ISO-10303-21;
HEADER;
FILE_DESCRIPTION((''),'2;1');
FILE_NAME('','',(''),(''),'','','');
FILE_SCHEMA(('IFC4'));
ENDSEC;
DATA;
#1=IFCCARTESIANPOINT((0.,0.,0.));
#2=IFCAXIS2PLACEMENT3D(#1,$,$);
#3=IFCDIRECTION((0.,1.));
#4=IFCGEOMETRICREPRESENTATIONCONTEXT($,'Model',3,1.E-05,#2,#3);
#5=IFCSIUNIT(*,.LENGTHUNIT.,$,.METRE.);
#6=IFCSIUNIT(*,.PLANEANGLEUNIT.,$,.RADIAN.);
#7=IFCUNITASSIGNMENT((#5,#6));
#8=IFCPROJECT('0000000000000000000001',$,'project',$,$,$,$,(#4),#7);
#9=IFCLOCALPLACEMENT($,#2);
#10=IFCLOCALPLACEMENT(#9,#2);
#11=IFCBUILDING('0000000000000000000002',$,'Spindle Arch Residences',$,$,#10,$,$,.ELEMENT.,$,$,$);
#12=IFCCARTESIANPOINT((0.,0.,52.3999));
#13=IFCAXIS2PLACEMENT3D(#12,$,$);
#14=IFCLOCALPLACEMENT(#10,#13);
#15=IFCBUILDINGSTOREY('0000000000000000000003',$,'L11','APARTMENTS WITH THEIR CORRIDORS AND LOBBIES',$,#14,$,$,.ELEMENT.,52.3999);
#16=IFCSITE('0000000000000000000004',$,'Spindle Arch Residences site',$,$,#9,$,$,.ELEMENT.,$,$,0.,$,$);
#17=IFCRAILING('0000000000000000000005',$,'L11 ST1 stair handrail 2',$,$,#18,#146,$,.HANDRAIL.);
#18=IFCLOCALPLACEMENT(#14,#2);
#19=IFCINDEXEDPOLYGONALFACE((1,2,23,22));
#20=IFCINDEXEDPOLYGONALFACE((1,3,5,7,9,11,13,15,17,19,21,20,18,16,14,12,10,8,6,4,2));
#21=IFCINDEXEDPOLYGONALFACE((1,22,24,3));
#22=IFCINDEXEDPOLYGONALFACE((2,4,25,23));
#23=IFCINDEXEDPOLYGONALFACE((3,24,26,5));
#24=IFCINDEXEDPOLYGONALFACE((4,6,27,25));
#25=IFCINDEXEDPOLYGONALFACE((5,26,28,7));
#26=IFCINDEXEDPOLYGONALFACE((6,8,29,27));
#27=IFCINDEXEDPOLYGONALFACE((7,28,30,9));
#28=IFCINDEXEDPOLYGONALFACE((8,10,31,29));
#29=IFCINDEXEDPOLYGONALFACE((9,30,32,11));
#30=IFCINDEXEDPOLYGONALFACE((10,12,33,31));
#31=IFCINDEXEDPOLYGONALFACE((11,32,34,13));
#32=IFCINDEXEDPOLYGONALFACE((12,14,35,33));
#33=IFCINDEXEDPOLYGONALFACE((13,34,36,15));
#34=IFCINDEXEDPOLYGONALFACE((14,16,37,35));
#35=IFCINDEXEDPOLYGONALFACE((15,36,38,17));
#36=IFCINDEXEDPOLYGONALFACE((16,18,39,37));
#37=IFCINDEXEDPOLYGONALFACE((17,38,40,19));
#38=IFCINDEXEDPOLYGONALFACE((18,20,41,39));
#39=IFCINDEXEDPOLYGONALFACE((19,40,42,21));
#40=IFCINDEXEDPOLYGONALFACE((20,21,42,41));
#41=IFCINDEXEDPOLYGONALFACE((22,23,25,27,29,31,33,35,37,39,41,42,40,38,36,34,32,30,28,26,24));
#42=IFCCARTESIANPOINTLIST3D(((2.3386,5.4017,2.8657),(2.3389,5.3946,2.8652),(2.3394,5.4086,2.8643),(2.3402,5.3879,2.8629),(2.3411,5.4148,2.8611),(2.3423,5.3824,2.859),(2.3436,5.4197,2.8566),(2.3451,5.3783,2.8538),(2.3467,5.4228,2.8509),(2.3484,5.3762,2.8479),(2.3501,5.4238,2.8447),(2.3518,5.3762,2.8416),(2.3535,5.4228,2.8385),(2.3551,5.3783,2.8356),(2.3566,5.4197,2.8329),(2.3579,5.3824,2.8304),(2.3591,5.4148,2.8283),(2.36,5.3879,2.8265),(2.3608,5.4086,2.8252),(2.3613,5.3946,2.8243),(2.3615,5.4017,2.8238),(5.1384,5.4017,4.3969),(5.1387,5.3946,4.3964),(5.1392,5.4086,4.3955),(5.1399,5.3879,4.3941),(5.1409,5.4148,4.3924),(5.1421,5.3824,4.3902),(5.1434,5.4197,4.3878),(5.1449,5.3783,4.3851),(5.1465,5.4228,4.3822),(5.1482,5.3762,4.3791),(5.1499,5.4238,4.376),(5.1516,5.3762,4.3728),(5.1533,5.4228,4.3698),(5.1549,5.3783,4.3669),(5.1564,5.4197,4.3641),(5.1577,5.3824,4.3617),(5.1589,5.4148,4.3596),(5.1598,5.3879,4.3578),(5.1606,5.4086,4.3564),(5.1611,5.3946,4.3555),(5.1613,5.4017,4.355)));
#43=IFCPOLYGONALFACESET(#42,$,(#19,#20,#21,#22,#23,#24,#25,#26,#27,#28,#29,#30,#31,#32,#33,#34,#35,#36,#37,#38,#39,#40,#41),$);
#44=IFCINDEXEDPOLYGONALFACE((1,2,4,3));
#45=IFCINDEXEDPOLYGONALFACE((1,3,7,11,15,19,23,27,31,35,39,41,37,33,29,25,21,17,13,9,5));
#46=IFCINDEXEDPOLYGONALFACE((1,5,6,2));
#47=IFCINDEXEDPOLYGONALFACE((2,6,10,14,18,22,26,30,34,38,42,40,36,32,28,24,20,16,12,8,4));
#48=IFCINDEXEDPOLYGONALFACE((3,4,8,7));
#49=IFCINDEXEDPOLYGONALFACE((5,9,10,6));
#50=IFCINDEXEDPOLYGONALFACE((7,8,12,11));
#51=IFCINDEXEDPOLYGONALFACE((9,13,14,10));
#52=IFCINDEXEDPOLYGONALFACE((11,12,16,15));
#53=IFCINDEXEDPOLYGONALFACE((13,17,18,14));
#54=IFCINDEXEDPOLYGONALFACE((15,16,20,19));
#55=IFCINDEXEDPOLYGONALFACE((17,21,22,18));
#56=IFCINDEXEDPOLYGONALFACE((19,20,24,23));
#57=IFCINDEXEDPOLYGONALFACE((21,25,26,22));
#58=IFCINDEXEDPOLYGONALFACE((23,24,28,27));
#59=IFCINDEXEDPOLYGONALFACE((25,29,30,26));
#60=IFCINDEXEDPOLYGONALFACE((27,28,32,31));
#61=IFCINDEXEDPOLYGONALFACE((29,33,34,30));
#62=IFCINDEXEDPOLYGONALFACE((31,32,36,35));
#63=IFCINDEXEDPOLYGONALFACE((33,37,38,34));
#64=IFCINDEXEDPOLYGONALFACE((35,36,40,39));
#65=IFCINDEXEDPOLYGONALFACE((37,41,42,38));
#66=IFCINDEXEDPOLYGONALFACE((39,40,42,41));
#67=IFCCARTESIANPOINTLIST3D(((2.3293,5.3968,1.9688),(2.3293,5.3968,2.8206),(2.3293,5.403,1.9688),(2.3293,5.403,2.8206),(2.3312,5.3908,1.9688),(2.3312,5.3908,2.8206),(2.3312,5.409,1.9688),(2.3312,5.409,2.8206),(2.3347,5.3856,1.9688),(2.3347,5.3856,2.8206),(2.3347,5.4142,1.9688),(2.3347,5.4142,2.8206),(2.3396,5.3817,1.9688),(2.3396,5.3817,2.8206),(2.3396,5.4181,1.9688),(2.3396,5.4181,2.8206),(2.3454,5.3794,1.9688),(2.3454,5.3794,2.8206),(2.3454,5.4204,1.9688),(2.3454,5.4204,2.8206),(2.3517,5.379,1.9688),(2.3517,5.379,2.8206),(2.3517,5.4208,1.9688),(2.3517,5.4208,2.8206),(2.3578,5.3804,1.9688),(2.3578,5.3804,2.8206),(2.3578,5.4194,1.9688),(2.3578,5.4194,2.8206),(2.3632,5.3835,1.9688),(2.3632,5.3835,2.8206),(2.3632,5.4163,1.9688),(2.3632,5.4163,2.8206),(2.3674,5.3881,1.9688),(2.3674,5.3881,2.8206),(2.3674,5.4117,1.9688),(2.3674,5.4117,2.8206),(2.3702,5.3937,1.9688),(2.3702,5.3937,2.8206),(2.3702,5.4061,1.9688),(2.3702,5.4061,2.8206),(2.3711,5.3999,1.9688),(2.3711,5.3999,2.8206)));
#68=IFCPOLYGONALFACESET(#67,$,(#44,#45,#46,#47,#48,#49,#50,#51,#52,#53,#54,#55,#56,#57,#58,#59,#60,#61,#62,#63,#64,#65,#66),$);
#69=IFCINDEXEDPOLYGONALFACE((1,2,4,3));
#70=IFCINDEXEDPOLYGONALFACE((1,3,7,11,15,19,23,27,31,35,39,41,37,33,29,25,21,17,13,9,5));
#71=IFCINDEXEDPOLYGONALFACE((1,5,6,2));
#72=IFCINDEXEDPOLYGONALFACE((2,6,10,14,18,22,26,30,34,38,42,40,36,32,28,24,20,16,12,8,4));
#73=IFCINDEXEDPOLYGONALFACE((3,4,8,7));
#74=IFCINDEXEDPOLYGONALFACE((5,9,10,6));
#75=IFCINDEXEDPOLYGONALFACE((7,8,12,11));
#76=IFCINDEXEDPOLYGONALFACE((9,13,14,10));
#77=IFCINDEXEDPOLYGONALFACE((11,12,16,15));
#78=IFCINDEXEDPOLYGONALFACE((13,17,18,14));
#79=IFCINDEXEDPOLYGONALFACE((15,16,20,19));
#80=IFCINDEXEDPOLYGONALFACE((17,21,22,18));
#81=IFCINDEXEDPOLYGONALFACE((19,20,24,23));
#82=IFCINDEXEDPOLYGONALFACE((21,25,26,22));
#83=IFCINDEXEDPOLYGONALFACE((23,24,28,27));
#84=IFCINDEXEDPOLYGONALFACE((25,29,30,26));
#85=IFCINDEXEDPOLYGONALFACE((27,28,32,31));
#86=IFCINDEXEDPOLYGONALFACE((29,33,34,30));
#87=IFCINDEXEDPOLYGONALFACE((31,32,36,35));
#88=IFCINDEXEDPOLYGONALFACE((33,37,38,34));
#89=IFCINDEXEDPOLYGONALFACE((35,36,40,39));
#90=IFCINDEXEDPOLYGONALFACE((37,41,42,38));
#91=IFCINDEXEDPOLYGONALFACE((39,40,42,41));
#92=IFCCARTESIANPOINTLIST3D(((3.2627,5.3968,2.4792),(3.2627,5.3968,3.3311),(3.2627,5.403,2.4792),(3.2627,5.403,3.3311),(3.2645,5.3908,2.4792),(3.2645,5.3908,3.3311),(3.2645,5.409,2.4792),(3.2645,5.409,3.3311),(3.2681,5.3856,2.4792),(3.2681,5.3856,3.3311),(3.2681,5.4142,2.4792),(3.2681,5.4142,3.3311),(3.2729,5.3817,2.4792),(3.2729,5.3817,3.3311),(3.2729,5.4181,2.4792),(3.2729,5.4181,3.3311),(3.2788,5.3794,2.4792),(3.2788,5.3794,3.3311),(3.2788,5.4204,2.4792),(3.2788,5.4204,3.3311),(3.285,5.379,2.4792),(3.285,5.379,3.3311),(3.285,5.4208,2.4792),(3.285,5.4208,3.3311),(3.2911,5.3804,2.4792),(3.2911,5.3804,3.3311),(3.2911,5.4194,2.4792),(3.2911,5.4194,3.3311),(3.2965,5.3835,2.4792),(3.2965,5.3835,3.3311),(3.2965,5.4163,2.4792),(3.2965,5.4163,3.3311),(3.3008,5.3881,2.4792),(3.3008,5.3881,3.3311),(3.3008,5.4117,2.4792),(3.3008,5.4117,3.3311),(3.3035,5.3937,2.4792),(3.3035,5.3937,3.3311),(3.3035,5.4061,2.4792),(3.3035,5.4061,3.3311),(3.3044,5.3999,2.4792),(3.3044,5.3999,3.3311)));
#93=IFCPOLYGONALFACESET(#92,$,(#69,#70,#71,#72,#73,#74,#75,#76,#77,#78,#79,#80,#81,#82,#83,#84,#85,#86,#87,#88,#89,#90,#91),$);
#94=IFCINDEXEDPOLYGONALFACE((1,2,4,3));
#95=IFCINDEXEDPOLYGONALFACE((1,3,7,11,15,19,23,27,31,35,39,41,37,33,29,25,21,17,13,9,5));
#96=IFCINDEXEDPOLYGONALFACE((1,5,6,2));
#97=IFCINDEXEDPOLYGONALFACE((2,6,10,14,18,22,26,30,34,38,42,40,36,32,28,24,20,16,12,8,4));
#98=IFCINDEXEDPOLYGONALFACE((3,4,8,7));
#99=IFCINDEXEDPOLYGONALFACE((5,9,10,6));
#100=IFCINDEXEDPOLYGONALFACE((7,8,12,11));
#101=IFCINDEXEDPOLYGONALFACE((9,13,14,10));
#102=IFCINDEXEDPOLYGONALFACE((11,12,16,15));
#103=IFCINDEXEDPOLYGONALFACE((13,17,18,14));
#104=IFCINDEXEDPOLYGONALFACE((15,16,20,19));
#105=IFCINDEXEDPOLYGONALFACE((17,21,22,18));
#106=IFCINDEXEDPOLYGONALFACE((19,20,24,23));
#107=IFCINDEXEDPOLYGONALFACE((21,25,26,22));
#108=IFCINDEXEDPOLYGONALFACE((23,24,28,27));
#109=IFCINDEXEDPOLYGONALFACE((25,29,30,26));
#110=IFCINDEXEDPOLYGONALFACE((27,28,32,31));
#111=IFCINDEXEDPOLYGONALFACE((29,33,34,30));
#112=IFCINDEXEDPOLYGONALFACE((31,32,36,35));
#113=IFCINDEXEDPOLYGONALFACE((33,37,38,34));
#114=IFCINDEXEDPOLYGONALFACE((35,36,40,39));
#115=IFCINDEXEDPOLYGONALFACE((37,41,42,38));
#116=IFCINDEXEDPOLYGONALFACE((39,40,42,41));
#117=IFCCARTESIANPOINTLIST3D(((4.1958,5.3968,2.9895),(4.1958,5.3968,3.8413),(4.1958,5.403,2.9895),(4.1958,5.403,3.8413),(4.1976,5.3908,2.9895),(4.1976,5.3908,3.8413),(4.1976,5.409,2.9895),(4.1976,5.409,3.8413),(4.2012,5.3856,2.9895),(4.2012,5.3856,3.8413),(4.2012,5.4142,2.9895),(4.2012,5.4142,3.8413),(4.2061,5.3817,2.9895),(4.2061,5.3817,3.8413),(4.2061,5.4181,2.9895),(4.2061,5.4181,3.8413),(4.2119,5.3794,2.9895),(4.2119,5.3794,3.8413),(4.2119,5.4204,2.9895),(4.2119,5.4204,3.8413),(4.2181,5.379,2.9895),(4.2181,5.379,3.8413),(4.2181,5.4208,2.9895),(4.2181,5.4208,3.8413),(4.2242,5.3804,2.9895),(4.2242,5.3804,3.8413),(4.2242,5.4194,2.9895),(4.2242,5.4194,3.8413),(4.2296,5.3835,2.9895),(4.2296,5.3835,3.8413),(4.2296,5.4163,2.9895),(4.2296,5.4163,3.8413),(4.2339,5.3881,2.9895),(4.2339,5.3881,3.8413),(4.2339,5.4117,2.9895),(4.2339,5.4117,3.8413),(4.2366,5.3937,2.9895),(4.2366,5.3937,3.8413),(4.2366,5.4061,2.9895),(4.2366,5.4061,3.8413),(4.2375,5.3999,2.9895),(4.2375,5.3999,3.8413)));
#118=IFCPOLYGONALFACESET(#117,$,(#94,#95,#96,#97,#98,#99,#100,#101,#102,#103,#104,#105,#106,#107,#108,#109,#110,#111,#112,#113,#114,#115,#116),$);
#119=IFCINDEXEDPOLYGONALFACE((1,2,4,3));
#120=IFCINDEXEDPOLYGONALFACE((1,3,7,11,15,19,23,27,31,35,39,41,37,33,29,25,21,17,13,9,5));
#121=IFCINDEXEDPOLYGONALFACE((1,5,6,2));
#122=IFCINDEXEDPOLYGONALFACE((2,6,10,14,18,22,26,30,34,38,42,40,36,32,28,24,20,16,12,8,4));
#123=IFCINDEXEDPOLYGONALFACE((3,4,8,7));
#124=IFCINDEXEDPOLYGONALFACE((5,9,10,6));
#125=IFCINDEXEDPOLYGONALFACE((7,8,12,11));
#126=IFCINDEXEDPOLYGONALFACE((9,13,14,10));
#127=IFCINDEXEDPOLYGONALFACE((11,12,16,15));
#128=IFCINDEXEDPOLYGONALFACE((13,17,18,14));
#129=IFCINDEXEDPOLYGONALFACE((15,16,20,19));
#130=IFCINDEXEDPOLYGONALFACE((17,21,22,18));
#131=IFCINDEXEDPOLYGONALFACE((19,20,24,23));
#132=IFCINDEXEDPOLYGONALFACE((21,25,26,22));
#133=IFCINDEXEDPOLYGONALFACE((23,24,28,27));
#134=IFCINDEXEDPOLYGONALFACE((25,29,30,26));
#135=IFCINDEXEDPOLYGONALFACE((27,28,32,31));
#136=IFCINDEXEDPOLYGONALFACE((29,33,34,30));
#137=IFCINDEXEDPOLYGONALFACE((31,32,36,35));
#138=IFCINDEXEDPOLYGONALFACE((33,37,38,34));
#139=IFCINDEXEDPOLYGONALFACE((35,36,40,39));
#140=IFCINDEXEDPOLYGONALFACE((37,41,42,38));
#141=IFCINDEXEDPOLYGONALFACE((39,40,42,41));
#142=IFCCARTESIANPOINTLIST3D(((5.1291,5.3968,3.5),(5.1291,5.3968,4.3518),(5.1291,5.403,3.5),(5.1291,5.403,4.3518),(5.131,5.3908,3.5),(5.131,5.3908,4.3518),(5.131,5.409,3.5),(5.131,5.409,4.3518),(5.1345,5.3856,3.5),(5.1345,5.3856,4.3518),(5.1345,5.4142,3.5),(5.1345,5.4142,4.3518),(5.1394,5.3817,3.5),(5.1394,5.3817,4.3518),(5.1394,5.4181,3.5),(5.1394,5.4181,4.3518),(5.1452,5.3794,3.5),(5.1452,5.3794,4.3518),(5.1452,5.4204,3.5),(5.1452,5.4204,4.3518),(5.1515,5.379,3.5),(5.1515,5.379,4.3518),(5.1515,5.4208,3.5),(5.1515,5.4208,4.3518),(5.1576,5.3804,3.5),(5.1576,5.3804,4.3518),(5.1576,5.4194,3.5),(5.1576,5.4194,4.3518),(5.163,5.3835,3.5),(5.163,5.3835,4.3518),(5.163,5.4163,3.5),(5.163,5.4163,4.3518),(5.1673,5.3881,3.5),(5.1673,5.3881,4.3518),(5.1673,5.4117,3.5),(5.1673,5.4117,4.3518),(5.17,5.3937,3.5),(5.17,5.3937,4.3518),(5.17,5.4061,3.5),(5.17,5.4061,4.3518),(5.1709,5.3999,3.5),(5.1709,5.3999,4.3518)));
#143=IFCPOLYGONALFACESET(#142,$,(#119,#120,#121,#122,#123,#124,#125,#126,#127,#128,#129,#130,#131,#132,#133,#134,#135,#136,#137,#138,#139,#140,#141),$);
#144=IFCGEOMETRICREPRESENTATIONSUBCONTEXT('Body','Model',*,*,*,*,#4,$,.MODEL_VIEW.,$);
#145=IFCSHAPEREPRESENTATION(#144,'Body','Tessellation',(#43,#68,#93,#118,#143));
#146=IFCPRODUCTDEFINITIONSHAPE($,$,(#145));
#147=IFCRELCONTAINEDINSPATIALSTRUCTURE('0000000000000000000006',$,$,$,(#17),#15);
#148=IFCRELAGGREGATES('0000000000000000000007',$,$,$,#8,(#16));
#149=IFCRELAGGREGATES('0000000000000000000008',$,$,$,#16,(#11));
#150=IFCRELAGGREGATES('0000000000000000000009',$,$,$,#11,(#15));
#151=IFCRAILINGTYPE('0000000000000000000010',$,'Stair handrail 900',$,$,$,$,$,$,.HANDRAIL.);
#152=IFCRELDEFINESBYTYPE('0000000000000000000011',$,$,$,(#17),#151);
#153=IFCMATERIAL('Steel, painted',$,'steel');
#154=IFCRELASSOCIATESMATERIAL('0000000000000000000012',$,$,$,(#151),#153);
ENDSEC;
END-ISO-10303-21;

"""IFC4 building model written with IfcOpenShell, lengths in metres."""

from ifc_helpers import new_model, si_unit, direction, frame, origin, origin_2d, place, context, subcontext, project, spatial, circle, extrude, material, type_object, element, save


model = new_model("IFC4")

# Units and contexts
model_context = context("Model", 3, precision=1e-05, world=origin(), true_north=direction((0.0, 1.0)))
body_context = subcontext(model_context, "Body", "Model", "MODEL_VIEW")
ifc_project = project(units=[si_unit("LENGTHUNIT", "METRE"), si_unit("PLANEANGLEUNIT", "RADIAN")], contexts=[model_context])

# Site, building, storey
site_placement = place(None, origin())
site = spatial("IfcSite", under=ifc_project, at=site_placement, Name="Spindle Arch Residences site", CompositionType="ELEMENT", RefElevation=0.0)
building_placement = place(site_placement, origin())
building = spatial("IfcBuilding", under=site, at=building_placement, Name="Spindle Arch Residences", CompositionType="ELEMENT")
storey_placement = place(building_placement, frame((0.0, 0.0, 52.3999)))
storey = spatial("IfcBuildingStorey", under=building, at=storey_placement, Name="L11", Description="APARTMENTS WITH THEIR CORRIDORS AND LOBBIES", CompositionType="ELEMENT", Elevation=52.3999)

# Railing
ifc_material_1 = material(Name="Steel, painted", Category="steel")
railing_type_1 = type_object("IfcRailingType", Name="Stair handrail 900", PredefinedType="HANDRAIL", material=ifc_material_1)
railing_1_placement = place(storey_placement, frame((2.3501, 5.3999, 1.9688)))
element("IfcRailing", 1, at=railing_1_placement, inside=storey, type_object=railing_type_1, Name="L11 ST1 stair handrail 2", PredefinedType="HANDRAIL", context=body_context, shape_type="SweptSolid", body=[
    extrude(circle(Radius=0.0239, at=origin_2d()), frame((0.0, 0.0, 0.876), z_axis=(0.877357, 0.0, 0.479838), x_axis=(0.0, 1.0, 0.0)), (0.0, 0.0, 1.0), 3.1912),
    extrude(circle(Radius=0.021, at=origin_2d()), origin(), (0.0, 0.0, 1.0), 0.8518),
    extrude(circle(Radius=0.021, at=origin_2d()), frame((0.9333, 0.0, 0.5105)), (0.0, 0.0, 1.0), 0.8518),
    extrude(circle(Radius=0.021, at=origin_2d()), frame((1.8665, 0.0, 1.0208)), (0.0, 0.0, 1.0), 0.8518),
    extrude(circle(Radius=0.021, at=origin_2d()), frame((2.7998, 0.0, 1.5312)), (0.0, 0.0, 1.0), 0.8518),
])

save(model, "model.ifc")
